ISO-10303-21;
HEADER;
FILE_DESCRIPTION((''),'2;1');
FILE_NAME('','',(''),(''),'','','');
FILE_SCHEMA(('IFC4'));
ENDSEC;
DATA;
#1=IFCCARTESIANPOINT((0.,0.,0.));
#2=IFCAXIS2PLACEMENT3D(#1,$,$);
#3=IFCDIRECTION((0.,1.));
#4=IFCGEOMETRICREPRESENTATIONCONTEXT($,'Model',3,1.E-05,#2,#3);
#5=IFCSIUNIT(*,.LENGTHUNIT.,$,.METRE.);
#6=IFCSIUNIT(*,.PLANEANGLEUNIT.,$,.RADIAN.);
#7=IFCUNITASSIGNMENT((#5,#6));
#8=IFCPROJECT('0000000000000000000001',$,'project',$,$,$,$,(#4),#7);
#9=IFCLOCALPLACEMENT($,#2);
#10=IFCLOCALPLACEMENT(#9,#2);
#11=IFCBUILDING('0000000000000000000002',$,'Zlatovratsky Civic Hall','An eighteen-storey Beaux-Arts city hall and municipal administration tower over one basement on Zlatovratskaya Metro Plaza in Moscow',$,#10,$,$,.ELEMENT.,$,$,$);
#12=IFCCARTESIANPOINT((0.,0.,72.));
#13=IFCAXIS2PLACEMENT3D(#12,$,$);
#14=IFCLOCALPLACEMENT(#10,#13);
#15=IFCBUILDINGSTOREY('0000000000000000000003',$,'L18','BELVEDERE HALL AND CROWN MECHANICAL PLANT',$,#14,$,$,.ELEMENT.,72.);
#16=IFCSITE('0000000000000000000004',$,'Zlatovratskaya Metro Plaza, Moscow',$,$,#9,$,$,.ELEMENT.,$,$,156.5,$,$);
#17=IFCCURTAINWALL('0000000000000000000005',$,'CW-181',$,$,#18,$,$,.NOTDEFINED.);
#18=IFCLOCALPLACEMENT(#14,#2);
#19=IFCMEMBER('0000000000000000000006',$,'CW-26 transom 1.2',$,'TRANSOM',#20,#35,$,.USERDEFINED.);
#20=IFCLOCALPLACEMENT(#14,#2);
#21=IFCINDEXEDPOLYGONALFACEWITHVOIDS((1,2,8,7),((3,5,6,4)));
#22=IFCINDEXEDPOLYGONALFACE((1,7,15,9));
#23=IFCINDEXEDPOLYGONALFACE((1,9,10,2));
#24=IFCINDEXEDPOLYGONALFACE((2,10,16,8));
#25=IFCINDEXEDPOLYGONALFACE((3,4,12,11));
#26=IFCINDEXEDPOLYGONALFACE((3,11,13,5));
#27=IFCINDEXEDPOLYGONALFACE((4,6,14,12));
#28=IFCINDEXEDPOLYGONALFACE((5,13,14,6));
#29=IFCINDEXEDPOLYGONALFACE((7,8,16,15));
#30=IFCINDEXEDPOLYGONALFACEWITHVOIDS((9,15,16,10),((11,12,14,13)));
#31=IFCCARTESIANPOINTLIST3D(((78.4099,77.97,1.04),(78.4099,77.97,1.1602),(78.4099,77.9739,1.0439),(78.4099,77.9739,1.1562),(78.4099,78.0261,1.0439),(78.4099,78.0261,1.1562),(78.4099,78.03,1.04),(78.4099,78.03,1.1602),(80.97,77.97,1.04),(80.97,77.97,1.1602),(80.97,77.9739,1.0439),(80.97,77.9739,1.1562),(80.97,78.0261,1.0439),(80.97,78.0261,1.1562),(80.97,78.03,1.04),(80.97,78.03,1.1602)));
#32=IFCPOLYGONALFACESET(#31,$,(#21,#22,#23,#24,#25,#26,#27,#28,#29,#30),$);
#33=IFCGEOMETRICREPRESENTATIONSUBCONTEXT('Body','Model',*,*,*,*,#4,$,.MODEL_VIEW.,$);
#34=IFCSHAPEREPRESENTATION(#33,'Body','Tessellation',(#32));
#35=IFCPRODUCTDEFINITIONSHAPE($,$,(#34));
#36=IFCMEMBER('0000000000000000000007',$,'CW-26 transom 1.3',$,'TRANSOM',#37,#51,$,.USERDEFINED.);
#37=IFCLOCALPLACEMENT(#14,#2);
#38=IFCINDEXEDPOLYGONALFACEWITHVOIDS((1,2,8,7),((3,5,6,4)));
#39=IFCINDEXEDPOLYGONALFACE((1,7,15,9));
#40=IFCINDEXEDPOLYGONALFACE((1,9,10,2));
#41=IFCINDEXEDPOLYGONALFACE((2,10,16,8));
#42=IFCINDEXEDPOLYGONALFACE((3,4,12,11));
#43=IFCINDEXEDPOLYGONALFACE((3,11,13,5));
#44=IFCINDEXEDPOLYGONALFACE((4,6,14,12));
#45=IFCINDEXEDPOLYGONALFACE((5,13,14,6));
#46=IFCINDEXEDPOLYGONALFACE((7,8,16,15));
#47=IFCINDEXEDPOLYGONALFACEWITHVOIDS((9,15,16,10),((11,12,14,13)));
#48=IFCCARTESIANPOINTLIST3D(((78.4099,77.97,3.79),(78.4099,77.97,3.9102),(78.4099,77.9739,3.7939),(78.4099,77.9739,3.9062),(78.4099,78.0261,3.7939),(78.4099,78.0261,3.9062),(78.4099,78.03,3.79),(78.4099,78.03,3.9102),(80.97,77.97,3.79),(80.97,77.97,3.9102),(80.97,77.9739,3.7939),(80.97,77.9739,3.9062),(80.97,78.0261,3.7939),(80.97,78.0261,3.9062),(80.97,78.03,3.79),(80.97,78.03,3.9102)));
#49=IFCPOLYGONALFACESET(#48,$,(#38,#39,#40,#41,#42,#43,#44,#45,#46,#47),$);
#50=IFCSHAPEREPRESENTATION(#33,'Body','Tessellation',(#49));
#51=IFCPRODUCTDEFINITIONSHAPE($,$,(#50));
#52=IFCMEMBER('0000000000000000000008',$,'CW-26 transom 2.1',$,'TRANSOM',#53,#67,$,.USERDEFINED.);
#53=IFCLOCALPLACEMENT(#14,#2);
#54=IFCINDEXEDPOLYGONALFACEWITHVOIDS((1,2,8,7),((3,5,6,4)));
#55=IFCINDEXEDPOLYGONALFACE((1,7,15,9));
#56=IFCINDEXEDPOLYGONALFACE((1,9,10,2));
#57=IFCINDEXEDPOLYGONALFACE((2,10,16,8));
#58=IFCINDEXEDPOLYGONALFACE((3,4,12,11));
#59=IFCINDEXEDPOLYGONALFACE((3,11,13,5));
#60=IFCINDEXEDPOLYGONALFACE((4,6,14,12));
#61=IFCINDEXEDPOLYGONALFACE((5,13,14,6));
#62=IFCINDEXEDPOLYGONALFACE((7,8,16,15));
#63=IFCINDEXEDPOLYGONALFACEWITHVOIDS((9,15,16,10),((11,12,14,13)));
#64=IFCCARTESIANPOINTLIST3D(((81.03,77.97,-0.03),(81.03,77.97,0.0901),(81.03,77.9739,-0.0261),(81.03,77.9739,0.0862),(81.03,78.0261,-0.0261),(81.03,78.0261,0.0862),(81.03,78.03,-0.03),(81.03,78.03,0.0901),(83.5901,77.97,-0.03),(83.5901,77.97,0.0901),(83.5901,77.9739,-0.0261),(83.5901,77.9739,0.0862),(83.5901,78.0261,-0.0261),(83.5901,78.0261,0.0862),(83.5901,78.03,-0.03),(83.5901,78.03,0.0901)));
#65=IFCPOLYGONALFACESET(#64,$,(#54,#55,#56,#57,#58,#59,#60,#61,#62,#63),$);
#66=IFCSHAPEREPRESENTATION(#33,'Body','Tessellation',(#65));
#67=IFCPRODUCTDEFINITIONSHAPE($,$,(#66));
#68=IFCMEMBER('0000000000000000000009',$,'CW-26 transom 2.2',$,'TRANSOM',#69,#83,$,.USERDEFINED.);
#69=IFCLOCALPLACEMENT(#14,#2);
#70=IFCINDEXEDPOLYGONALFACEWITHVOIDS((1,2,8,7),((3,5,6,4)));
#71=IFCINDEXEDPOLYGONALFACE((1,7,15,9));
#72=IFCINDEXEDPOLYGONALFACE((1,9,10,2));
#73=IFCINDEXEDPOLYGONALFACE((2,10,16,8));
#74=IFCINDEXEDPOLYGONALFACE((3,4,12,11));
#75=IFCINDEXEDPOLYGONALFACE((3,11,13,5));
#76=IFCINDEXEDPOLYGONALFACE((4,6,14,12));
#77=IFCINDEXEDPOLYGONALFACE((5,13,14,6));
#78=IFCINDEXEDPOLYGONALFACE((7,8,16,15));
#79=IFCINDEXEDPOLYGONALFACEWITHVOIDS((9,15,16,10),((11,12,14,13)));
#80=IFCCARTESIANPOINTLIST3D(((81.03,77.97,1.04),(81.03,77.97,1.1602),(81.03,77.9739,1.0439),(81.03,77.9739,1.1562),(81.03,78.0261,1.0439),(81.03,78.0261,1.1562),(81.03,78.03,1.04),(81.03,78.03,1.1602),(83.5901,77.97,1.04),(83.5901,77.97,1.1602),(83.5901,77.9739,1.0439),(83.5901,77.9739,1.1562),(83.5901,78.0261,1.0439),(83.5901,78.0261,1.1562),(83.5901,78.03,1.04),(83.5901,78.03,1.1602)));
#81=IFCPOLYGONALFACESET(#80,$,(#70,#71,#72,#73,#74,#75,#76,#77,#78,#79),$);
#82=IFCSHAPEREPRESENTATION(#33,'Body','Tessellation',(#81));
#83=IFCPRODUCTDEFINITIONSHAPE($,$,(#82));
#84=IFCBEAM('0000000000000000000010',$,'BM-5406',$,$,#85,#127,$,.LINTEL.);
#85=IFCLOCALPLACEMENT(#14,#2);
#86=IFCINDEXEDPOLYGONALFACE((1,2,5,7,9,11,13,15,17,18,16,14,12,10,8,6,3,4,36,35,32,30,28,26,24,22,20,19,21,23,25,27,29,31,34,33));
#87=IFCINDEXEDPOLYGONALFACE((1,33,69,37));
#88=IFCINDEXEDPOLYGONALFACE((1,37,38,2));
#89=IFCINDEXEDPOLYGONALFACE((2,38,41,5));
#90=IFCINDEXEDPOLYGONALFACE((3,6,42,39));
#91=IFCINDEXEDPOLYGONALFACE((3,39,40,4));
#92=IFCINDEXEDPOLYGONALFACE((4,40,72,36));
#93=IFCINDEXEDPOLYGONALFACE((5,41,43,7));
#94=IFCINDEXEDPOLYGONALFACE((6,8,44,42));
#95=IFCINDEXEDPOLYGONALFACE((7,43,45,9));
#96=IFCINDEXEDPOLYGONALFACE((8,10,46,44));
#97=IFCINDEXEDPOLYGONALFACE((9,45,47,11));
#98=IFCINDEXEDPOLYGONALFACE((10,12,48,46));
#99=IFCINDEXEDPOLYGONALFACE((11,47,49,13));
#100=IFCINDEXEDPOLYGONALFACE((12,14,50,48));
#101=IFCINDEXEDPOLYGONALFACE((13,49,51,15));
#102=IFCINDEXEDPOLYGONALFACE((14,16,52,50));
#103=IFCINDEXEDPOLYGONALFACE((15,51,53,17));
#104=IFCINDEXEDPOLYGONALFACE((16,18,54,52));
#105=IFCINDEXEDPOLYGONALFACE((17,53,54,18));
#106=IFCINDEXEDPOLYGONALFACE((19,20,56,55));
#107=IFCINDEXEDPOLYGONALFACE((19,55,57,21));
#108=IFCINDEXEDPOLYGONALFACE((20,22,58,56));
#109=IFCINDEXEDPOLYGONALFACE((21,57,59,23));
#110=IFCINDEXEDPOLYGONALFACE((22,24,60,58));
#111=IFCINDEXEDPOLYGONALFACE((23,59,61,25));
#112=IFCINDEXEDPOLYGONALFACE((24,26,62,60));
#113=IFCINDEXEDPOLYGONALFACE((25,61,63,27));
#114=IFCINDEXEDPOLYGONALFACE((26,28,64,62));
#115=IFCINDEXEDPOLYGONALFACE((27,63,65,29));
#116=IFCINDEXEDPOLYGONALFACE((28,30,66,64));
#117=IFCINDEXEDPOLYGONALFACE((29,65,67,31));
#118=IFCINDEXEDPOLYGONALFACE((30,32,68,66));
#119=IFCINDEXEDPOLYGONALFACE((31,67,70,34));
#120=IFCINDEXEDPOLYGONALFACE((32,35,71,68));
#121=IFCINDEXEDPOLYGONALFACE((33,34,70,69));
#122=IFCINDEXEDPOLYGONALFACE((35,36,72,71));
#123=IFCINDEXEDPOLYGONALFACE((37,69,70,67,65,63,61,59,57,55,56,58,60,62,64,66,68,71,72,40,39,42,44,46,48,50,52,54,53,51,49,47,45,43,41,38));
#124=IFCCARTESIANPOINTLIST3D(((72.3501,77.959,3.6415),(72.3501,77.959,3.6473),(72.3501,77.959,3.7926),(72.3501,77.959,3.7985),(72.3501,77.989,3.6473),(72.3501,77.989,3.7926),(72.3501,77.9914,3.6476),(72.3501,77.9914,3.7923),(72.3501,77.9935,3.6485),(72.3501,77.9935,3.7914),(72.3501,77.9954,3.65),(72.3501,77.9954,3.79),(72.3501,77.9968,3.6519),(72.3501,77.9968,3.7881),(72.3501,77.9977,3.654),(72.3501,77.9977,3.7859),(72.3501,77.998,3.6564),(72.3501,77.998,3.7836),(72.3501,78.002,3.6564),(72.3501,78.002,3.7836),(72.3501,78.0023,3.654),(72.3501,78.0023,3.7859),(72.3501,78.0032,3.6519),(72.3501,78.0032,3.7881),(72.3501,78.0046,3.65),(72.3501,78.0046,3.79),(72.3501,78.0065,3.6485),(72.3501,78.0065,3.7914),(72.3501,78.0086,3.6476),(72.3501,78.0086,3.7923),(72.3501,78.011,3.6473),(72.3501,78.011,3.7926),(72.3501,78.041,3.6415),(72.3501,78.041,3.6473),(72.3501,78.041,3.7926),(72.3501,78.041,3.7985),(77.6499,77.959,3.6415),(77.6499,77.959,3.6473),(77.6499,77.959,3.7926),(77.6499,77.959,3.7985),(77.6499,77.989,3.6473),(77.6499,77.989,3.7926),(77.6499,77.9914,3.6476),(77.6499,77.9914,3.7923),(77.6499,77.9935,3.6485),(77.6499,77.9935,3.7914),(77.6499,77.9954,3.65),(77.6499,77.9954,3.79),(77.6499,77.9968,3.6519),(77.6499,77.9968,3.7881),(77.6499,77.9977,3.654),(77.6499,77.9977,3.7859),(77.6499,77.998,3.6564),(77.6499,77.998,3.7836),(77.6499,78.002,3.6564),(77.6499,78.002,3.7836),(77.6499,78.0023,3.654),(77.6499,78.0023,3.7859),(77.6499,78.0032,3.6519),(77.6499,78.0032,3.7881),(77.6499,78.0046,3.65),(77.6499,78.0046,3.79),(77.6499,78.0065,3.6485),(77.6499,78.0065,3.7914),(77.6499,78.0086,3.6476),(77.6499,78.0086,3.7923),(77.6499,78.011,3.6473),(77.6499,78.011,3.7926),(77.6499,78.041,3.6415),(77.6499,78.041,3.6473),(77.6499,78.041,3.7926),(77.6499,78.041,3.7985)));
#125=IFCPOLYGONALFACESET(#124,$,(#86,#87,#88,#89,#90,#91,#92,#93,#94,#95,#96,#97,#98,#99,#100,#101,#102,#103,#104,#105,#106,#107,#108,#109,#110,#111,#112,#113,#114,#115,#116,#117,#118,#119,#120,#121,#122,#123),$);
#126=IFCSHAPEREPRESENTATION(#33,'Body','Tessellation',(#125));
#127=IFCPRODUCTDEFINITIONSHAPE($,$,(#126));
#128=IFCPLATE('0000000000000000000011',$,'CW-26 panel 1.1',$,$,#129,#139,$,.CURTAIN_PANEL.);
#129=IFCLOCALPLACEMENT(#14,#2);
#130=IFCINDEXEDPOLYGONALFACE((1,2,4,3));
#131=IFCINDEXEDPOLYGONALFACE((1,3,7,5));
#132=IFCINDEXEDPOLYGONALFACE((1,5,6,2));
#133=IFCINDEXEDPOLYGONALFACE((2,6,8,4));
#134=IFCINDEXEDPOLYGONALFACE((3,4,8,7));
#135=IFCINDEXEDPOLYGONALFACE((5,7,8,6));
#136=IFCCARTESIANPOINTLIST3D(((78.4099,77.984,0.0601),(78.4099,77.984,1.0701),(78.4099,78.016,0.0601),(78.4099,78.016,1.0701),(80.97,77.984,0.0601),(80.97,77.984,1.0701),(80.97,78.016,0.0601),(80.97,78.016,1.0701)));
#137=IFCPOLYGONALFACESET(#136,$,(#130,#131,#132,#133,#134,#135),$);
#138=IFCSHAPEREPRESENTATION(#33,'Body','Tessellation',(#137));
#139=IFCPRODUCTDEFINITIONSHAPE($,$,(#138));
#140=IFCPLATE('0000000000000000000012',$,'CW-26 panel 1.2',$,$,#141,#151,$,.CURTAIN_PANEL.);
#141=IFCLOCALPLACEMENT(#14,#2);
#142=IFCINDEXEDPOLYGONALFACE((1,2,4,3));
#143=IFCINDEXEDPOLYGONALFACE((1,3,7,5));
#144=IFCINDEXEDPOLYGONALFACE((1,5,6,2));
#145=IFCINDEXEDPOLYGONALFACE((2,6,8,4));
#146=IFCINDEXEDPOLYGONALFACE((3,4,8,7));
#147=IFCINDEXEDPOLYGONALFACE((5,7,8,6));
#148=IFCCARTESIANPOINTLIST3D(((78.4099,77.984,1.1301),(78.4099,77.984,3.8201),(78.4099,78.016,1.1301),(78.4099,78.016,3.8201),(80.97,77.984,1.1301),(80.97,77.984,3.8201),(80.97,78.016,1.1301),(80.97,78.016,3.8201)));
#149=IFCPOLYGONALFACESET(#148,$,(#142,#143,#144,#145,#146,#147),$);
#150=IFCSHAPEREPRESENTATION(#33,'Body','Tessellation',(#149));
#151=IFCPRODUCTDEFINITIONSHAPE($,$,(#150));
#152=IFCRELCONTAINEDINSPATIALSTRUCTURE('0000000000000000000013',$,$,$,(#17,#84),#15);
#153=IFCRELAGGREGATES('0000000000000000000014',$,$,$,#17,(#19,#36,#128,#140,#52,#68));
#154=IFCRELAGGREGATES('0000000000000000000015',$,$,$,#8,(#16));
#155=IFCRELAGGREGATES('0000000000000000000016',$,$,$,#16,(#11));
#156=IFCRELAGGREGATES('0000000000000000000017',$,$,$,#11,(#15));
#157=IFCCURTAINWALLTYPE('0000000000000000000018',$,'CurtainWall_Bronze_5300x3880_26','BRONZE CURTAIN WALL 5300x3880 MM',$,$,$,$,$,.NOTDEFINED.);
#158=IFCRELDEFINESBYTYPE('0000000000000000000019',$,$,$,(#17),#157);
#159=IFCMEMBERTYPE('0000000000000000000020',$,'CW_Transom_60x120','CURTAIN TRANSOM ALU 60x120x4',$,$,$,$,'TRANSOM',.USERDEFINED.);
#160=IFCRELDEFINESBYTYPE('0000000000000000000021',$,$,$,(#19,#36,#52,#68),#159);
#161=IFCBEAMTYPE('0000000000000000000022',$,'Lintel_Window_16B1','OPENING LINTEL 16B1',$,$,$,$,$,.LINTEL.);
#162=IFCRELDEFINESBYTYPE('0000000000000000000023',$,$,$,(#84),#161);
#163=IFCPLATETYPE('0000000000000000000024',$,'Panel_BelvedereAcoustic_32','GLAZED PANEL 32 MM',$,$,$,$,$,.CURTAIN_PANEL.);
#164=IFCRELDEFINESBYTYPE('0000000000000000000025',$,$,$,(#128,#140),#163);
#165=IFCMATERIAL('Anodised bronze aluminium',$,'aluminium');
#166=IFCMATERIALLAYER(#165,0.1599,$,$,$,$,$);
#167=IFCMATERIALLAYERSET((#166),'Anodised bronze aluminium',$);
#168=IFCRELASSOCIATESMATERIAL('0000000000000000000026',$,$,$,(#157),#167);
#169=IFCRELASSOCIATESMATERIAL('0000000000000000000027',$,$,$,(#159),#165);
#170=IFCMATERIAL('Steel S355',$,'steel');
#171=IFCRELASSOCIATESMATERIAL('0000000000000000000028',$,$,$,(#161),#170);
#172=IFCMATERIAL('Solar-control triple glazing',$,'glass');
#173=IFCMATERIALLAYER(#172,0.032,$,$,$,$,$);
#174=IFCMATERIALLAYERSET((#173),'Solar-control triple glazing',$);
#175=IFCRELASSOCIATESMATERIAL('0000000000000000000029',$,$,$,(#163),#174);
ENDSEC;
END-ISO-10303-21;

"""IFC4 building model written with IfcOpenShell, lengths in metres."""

from ifc_helpers import new_model, si_unit, direction, frame, origin, origin_2d, place, context, subcontext, project, spatial, rectangle, hollow_rectangle, i_section, extrude, material, layer, layer_set, material_profile, profile_set, type_object, element, aggregate, save


model = new_model("IFC4")

# Units and contexts
model_context = context("Model", 3, precision=1e-05, world=origin(), true_north=direction((0.0, 1.0)))
body_context = subcontext(model_context, "Body", "Model", "MODEL_VIEW")
ifc_project = project(units=[si_unit("LENGTHUNIT", "METRE"), si_unit("PLANEANGLEUNIT", "RADIAN")], contexts=[model_context])

# Site, building, storey
site_placement = place(None, origin())
site = spatial("IfcSite", under=ifc_project, at=site_placement, Name="Zlatovratskaya Metro Plaza, Moscow", CompositionType="ELEMENT", RefElevation=156.5)
building_placement = place(site_placement, origin())
building = spatial("IfcBuilding", under=site, at=building_placement, Name="Zlatovratsky Civic Hall", Description="An eighteen-storey Beaux-Arts city hall and municipal administration tower over one basement on Zlatovratskaya Metro Plaza in Moscow", CompositionType="ELEMENT")
storey_placement = place(building_placement, frame((0.0, 0.0, 72.0)))
storey = spatial("IfcBuildingStorey", under=building, at=storey_placement, Name="L18", Description="BELVEDERE HALL AND CROWN MECHANICAL PLANT", CompositionType="ELEMENT", Elevation=72.0)

# Shared definitions
ifc_material_1 = material(Name="Steel S355", Category="steel")

# Curtain wall, members
ifc_material_2 = material(Name="Anodised bronze aluminium", Category="aluminium")
ifc_layer_1 = layer(ifc_material_2, 0.1599)
ifc_layer_set_1 = layer_set([ifc_layer_1], Name="Anodised bronze aluminium")
curtain_wall_type = type_object("IfcCurtainWallType", Name="CurtainWall_Bronze_5300x3880_26", Description="BRONZE CURTAIN WALL 5300x3880 MM", PredefinedType="NOTDEFINED", material=ifc_layer_set_1)
curtain_wall_placement = place(storey_placement, origin())
curtain_wall = element("IfcCurtainWall", 1, at=curtain_wall_placement, inside=storey, type_object=curtain_wall_type, Name="CW-181", PredefinedType="NOTDEFINED")
ifc_material_profile_1 = material_profile(ifc_material_2, hollow_rectangle(XDim=0.0601, YDim=0.1201, WallThickness=0.0039, at=origin_2d()), Name="ALU 60x120x4")
ifc_profile_set_1 = profile_set([ifc_material_profile_1], Name="Anodised bronze aluminium")
member_type_1 = type_object("IfcMemberType", Name="CW_Transom_60x120", Description="CURTAIN TRANSOM ALU 60x120x4", ElementType="TRANSOM", PredefinedType="USERDEFINED", material=ifc_profile_set_1)
member_1_placement = place(storey_placement, frame((78.4099, 78.0, 1.1001), z_axis=(1.0, 0.0, 0.0), x_axis=(0.0, 1.0, 0.0)))
member_1 = element("IfcMember", 2, at=member_1_placement, type_object=member_type_1, Name="CW-26 transom 1.2", ObjectType="TRANSOM", PredefinedType="USERDEFINED", context=body_context, shape_type="SweptSolid", body=[
    extrude(hollow_rectangle(XDim=0.0601, YDim=0.1201, WallThickness=0.0039, at=origin_2d()), origin(), (0.0, 0.0, 1.0), 2.5601),
])
member_2_placement = place(storey_placement, frame((78.4099, 78.0, 3.8501), z_axis=(1.0, 0.0, 0.0), x_axis=(0.0, 1.0, 0.0)))
member_2 = element("IfcMember", 3, at=member_2_placement, type_object=member_type_1, Name="CW-26 transom 1.3", ObjectType="TRANSOM", PredefinedType="USERDEFINED", context=body_context, shape_type="SweptSolid", body=[
    extrude(hollow_rectangle(XDim=0.0601, YDim=0.1201, WallThickness=0.0039, at=origin_2d()), origin(), (0.0, 0.0, 1.0), 2.5601),
])
member_3_placement = place(storey_placement, frame((81.03, 78.0, 0.03), z_axis=(1.0, 0.0, 0.0), x_axis=(0.0, 1.0, 0.0)))
member_3 = element("IfcMember", 4, at=member_3_placement, type_object=member_type_1, Name="CW-26 transom 2.1", ObjectType="TRANSOM", PredefinedType="USERDEFINED", context=body_context, shape_type="SweptSolid", body=[
    extrude(hollow_rectangle(XDim=0.0601, YDim=0.1201, WallThickness=0.0039, at=origin_2d()), origin(), (0.0, 0.0, 1.0), 2.5601),
])
member_4_placement = place(storey_placement, frame((81.03, 78.0, 1.1001), z_axis=(1.0, 0.0, 0.0), x_axis=(0.0, 1.0, 0.0)))
member_4 = element("IfcMember", 5, at=member_4_placement, type_object=member_type_1, Name="CW-26 transom 2.2", ObjectType="TRANSOM", PredefinedType="USERDEFINED", context=body_context, shape_type="SweptSolid", body=[
    extrude(hollow_rectangle(XDim=0.0601, YDim=0.1201, WallThickness=0.0039, at=origin_2d()), origin(), (0.0, 0.0, 1.0), 2.5601),
])

# Beam
ifc_material_profile_2 = material_profile(ifc_material_1, i_section(OverallWidth=0.082, OverallDepth=0.157, WebThickness=0.0039, FlangeThickness=0.0059, FilletRadius=0.009, at=origin_2d()), Name="16B1")
ifc_profile_set_2 = profile_set([ifc_material_profile_2], Name="Steel S355")
beam_type_1 = type_object("IfcBeamType", Name="Lintel_Window_16B1", Description="OPENING LINTEL 16B1", PredefinedType="LINTEL", material=ifc_profile_set_2)
beam_placement = place(storey_placement, frame((72.3501, 78.0, 3.72), z_axis=(1.0, 0.0, 0.0), x_axis=(0.0, 1.0, 0.0)))
element("IfcBeam", 6, at=beam_placement, inside=storey, type_object=beam_type_1, Name="BM-5406", PredefinedType="LINTEL", context=body_context, shape_type="SweptSolid", body=[
    extrude(i_section(OverallWidth=0.082, OverallDepth=0.157, WebThickness=0.0039, FlangeThickness=0.0059, FilletRadius=0.009, at=origin_2d()), origin(), (0.0, 0.0, 1.0), 5.2998),
])

# Plates
ifc_material_3 = material(Name="Solar-control triple glazing", Category="glass")
ifc_layer_2 = layer(ifc_material_3, 0.032)
ifc_layer_set_2 = layer_set([ifc_layer_2], Name="Solar-control triple glazing")
plate_type = type_object("IfcPlateType", Name="Panel_BelvedereAcoustic_32", Description="GLAZED PANEL 32 MM", PredefinedType="CURTAIN_PANEL", material=ifc_layer_set_2)
plate_1_placement = place(storey_placement, frame((79.6899, 78.0, 0.0601), z_axis=(0.0, 0.0, 1.0), x_axis=(1.0, 0.0, 0.0)))
plate_1 = element("IfcPlate", 7, at=plate_1_placement, type_object=plate_type, Name="CW-26 panel 1.1", PredefinedType="CURTAIN_PANEL", context=body_context, shape_type="SweptSolid", body=[
    extrude(rectangle(XDim=2.5601, YDim=0.032, at=origin_2d()), origin(), (0.0, 0.0, 1.0), 1.01),
])
plate_2_placement = place(storey_placement, frame((79.6899, 78.0, 1.1301), z_axis=(0.0, 0.0, 1.0), x_axis=(1.0, 0.0, 0.0)))
plate_2 = element("IfcPlate", 8, at=plate_2_placement, type_object=plate_type, Name="CW-26 panel 1.2", PredefinedType="CURTAIN_PANEL", context=body_context, shape_type="SweptSolid", body=[
    extrude(rectangle(XDim=2.5601, YDim=0.032, at=origin_2d()), origin(), (0.0, 0.0, 1.0), 2.6899),
])
aggregate(curtain_wall, [member_1, member_2, plate_1, plate_2, member_3, member_4])

save(model, "model.ifc")
